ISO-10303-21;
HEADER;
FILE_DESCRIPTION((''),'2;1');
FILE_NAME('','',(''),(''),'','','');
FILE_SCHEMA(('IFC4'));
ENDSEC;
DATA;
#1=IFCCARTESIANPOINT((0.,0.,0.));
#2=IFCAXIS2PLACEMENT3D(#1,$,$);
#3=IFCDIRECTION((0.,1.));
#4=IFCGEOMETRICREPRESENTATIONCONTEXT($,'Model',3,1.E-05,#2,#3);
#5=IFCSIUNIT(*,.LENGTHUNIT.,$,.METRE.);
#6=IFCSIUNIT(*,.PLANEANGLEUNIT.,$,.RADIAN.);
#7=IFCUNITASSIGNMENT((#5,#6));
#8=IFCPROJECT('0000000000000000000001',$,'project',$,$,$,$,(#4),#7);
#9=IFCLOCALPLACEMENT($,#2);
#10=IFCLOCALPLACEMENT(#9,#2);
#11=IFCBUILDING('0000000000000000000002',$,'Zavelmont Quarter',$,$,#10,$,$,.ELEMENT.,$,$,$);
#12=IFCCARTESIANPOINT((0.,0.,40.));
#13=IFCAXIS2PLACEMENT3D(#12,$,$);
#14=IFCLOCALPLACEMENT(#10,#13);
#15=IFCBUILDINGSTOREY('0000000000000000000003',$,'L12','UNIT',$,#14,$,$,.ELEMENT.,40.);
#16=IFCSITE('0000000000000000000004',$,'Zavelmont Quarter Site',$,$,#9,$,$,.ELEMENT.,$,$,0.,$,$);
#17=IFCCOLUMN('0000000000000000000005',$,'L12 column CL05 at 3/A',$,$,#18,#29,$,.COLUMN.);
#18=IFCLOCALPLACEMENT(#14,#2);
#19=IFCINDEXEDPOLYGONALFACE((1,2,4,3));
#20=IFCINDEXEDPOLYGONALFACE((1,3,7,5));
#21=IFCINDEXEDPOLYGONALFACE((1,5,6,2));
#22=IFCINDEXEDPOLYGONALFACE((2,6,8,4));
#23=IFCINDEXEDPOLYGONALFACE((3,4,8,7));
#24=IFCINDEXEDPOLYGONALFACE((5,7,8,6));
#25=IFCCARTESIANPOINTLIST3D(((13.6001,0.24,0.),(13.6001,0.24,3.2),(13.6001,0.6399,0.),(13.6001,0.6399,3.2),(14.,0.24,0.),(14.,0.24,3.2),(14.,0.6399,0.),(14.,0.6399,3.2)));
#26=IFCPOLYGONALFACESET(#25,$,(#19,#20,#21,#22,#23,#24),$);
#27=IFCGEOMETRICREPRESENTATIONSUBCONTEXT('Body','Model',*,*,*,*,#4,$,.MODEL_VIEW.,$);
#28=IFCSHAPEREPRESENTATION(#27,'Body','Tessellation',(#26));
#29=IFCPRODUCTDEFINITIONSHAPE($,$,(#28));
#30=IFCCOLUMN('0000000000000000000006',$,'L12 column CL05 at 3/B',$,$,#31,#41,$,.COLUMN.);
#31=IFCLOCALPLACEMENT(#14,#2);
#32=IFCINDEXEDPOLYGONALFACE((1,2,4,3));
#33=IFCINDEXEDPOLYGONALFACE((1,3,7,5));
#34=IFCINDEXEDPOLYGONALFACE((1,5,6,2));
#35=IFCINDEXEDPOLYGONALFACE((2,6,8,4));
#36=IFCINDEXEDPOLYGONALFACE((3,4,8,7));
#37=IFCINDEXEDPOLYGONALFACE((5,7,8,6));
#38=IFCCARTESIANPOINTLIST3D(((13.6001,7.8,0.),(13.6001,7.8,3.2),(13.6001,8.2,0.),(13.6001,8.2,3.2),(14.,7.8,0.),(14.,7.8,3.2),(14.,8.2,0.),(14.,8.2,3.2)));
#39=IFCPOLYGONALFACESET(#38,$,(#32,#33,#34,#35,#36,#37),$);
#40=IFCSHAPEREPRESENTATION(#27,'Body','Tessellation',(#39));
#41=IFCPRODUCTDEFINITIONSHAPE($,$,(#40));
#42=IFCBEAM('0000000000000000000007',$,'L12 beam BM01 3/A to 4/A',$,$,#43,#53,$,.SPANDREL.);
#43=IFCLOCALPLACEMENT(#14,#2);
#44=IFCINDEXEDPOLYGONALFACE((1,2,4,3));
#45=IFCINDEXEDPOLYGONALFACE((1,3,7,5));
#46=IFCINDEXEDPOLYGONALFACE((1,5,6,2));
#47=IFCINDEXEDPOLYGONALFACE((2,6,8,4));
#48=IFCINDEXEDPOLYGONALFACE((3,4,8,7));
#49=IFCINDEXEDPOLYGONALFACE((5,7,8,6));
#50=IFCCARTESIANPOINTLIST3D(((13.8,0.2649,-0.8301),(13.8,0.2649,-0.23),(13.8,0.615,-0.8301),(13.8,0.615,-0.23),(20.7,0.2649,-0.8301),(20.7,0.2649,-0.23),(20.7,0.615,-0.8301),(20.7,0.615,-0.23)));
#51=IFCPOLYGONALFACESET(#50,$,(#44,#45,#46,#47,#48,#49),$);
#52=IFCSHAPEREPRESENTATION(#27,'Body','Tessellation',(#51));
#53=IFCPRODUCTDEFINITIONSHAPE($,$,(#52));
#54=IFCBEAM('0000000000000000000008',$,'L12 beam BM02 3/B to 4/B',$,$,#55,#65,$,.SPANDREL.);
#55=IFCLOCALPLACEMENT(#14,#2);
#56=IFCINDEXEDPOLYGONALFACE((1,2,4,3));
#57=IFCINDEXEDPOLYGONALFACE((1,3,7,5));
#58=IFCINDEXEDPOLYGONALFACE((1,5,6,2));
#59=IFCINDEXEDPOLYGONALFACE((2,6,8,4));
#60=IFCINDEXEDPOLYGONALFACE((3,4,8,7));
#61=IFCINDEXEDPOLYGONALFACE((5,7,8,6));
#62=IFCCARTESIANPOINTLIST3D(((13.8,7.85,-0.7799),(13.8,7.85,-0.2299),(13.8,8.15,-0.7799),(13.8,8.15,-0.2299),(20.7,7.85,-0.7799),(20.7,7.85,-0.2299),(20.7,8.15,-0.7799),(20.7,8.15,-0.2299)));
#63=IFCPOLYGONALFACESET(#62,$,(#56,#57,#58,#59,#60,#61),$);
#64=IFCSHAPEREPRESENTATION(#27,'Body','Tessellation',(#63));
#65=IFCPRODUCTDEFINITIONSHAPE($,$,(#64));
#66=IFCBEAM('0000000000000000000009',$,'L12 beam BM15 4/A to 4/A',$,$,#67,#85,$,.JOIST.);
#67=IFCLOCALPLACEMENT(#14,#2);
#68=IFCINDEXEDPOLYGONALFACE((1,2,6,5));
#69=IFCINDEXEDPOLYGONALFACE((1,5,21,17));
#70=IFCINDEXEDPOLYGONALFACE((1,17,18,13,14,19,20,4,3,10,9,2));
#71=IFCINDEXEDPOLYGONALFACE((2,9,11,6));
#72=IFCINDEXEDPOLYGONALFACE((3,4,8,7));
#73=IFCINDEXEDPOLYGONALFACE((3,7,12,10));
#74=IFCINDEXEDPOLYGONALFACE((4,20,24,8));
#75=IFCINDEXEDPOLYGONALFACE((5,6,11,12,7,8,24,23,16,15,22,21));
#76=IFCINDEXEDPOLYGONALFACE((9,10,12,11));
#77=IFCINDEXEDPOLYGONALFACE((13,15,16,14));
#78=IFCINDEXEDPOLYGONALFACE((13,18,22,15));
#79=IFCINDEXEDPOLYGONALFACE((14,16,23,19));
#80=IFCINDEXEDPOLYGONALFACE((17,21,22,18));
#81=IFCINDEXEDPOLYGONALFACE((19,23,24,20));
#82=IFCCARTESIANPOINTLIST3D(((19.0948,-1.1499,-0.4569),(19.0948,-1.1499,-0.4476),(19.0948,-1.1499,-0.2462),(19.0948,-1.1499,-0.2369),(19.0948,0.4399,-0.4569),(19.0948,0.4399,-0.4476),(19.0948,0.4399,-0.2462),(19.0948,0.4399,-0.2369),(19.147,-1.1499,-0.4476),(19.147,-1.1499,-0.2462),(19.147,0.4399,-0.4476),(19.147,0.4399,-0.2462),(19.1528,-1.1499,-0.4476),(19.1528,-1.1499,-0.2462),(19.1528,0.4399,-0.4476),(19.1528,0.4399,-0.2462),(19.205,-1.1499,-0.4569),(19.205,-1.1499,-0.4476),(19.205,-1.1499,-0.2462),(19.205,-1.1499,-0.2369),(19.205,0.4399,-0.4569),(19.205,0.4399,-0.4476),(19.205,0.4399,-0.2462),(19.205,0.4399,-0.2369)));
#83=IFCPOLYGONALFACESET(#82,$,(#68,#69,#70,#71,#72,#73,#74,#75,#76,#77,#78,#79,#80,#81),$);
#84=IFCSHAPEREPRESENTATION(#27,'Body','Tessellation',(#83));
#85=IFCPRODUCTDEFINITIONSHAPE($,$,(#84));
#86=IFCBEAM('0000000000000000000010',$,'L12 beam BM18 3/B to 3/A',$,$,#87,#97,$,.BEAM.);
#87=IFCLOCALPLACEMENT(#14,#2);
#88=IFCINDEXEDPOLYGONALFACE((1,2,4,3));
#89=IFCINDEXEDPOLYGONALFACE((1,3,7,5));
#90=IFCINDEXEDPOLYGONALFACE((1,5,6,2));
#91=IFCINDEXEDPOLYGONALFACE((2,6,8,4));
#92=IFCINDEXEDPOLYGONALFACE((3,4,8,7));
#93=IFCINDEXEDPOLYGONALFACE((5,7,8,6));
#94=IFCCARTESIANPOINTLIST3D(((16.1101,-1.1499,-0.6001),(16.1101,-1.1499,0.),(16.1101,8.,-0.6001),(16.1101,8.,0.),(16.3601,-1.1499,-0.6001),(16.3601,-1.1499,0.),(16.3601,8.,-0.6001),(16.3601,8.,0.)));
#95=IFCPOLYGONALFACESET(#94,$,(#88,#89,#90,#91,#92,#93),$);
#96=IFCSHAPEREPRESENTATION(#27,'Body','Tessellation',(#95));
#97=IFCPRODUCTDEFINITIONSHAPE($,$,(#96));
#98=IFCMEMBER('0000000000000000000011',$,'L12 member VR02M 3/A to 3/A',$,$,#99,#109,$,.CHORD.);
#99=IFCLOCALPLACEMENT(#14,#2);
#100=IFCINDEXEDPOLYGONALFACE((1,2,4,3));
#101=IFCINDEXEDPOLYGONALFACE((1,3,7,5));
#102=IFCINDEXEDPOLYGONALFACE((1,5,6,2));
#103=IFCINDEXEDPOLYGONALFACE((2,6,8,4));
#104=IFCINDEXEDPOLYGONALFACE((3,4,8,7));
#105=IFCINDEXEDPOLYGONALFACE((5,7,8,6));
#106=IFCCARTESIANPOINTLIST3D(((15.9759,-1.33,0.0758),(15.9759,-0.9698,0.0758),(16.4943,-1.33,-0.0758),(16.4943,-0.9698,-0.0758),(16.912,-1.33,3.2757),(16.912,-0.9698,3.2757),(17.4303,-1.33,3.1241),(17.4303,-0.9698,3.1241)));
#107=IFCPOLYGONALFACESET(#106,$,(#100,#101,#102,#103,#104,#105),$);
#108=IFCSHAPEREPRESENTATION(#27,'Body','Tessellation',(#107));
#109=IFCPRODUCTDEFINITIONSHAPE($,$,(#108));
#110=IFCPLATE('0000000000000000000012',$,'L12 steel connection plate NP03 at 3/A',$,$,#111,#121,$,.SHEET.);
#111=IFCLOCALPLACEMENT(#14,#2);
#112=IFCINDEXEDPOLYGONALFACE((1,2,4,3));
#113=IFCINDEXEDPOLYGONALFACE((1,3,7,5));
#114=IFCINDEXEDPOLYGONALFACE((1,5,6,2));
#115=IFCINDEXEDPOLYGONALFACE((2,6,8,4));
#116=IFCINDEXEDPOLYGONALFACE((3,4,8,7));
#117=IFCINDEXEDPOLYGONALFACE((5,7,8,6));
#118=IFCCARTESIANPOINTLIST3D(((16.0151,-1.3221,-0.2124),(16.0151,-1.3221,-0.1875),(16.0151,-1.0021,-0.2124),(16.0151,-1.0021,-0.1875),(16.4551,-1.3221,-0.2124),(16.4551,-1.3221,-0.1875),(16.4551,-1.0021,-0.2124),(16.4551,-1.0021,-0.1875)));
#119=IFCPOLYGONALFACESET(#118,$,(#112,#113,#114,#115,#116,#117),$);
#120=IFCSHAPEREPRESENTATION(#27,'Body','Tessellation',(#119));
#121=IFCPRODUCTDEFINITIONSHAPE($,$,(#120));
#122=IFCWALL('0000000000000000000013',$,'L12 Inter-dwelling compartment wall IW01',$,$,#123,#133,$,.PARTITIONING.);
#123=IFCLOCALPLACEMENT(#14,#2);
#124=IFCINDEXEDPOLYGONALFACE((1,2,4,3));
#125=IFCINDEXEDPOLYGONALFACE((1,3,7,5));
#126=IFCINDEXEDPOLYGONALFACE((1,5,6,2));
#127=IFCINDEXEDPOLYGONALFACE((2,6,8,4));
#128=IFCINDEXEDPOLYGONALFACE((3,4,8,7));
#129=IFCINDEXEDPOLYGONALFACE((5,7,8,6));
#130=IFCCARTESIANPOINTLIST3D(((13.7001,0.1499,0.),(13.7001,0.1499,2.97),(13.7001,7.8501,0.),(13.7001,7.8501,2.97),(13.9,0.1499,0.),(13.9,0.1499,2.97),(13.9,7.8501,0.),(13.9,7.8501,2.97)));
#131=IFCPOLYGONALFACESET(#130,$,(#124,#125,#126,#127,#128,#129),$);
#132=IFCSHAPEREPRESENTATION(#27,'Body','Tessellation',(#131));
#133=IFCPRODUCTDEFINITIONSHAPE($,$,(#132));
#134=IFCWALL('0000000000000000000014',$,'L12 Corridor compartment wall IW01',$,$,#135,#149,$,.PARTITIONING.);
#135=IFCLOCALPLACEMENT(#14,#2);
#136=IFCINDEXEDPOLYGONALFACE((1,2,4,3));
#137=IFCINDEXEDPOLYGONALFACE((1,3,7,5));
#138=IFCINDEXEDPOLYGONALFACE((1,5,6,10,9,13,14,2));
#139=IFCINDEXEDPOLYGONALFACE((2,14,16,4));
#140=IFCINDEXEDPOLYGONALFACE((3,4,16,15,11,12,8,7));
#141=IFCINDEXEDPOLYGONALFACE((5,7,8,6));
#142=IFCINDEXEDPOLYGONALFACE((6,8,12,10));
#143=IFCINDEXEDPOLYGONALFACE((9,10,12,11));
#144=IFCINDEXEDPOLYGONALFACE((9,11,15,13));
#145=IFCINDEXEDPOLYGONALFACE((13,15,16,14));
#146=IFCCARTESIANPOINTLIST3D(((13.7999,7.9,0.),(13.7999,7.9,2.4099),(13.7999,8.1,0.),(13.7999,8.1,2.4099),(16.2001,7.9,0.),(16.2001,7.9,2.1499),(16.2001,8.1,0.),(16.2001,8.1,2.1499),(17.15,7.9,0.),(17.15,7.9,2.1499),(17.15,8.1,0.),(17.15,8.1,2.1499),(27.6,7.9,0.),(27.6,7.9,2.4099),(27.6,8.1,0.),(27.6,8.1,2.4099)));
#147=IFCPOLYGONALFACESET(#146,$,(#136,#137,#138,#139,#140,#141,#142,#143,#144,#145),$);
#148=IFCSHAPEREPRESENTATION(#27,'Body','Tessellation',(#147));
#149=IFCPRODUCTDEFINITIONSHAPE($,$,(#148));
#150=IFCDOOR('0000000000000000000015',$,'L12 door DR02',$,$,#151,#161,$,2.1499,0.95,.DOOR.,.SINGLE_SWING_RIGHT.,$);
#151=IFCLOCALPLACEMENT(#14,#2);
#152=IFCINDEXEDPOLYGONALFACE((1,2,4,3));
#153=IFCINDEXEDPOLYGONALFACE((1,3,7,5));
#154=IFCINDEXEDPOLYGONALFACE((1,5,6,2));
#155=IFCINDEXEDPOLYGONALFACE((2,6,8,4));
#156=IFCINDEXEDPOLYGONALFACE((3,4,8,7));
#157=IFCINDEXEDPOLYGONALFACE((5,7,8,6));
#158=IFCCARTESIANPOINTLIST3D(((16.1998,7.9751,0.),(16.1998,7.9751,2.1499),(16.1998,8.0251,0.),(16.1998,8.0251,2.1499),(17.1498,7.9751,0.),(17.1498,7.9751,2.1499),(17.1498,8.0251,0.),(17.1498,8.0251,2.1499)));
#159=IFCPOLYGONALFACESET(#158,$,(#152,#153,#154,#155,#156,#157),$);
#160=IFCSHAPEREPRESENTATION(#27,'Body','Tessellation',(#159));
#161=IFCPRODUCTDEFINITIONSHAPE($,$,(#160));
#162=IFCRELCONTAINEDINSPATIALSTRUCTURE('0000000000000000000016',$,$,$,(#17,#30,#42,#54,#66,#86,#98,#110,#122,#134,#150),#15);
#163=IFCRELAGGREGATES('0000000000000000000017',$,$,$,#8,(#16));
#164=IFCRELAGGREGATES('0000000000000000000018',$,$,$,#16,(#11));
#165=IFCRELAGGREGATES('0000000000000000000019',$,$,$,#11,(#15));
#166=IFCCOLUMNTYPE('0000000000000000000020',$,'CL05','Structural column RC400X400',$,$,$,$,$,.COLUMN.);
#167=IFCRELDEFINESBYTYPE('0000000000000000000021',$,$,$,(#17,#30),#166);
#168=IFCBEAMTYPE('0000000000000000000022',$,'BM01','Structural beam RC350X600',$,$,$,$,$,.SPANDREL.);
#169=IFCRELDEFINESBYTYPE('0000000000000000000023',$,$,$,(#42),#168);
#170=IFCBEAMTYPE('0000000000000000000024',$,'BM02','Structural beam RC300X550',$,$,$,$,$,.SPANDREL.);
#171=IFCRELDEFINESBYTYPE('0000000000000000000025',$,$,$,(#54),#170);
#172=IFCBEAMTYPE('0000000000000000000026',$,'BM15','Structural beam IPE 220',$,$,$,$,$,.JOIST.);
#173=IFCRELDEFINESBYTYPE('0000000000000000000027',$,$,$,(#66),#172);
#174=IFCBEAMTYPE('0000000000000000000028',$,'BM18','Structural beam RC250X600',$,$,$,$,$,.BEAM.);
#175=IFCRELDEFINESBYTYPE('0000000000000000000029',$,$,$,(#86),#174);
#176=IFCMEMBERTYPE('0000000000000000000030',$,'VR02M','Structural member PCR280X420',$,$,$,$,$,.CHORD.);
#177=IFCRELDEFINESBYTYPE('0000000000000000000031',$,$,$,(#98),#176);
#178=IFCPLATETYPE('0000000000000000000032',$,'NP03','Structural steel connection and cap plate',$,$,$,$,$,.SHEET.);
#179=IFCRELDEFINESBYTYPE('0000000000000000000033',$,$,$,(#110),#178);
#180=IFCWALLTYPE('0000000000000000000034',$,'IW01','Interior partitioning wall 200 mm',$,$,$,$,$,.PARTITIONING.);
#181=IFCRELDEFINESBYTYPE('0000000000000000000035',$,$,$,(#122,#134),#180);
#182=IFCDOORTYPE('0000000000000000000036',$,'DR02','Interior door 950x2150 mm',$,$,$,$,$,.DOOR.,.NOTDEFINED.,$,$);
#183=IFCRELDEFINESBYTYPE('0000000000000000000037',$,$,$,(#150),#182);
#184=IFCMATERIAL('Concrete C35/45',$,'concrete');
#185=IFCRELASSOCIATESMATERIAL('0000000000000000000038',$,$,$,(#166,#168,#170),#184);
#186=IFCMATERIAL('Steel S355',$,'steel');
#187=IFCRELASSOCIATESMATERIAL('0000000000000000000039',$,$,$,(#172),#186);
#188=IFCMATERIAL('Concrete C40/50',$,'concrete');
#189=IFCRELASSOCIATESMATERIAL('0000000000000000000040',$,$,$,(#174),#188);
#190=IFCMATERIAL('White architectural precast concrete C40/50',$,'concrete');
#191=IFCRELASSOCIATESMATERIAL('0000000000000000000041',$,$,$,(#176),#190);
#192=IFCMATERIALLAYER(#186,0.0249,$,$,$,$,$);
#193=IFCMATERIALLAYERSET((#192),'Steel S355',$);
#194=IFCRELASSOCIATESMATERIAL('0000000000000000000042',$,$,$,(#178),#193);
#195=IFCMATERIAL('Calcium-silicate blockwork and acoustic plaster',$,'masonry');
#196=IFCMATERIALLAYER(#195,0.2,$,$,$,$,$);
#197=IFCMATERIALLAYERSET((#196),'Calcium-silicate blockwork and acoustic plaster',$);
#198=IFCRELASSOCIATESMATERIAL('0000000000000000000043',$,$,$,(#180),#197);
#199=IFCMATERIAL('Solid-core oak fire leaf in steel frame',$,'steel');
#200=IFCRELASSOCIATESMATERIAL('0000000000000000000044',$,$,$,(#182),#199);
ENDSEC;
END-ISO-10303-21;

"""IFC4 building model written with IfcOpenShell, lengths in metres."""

from ifc_helpers import new_model, si_unit, direction, frame, frame_2d, origin, origin_2d, place, context, subcontext, project, spatial, rectangle, i_section, extrude, material, layer, layer_set, material_profile, profile_set, type_object, element, fill, save


model = new_model("IFC4")

# Units and contexts
model_context = context("Model", 3, precision=1e-05, world=origin(), true_north=direction((0.0, 1.0)))
body_context = subcontext(model_context, "Body", "Model", "MODEL_VIEW")
ifc_project = project(units=[si_unit("LENGTHUNIT", "METRE"), si_unit("PLANEANGLEUNIT", "RADIAN")], contexts=[model_context])

# Site, building, storey
site_placement = place(None, origin())
site = spatial("IfcSite", under=ifc_project, at=site_placement, Name="Zavelmont Quarter Site", CompositionType="ELEMENT", RefElevation=0.0)
building_placement = place(site_placement, origin())
building = spatial("IfcBuilding", under=site, at=building_placement, Name="Zavelmont Quarter", CompositionType="ELEMENT")
storey_placement = place(building_placement, frame((0.0, 0.0, 40.0)))
storey = spatial("IfcBuildingStorey", under=building, at=storey_placement, Name="L12", Description="UNIT", CompositionType="ELEMENT", Elevation=40.0)

# Columns
ifc_material_1 = material(Name="Concrete C35/45", Category="concrete")
ifc_material_profile_1 = material_profile(ifc_material_1, rectangle(XDim=0.3999, YDim=0.3999, at=origin_2d()), Name="RC400X400")
ifc_profile_set_1 = profile_set([ifc_material_profile_1], Name="Concrete C35/45")
column_type = type_object("IfcColumnType", Name="CL05", Description="Structural column RC400X400", PredefinedType="COLUMN", material=ifc_profile_set_1)
for number, where, z_axis, x_axis, name in (
    (1, (13.8, 0.4399, 0.0), (0.0, 0.0, 1.0), (1.0, 0.0, 0.0), "L12 column CL05 at 3/A"),
    (2, (13.8, 8.0, 0.0), (0.0, 0.0, 1.0), (1.0, 0.0, 0.0), "L12 column CL05 at 3/B"),
):
    element("IfcColumn", number, at=place(storey_placement, frame(where, z_axis=z_axis, x_axis=x_axis)), inside=storey, type_object=column_type, Name=name, PredefinedType="COLUMN", context=body_context, shape_type="SweptSolid", body=[
        extrude(rectangle(XDim=0.3999, YDim=0.3999, at=origin_2d()), origin(), (0.0, 0.0, 1.0), 3.2),
    ])

# Beams
ifc_material_profile_2 = material_profile(ifc_material_1, rectangle(XDim=0.3501, YDim=0.6001, at=origin_2d()), Name="RC350X600")
ifc_profile_set_2 = profile_set([ifc_material_profile_2], Name="Concrete C35/45")
beam_type_1 = type_object("IfcBeamType", Name="BM01", Description="Structural beam RC350X600", PredefinedType="SPANDREL", material=ifc_profile_set_2)
beam_1_placement = place(storey_placement, frame((13.8, 0.4399, -0.53), z_axis=(1.0, 0.0, 0.0), x_axis=(0.0, 1.0, 0.0)))
element("IfcBeam", 3, at=beam_1_placement, inside=storey, type_object=beam_type_1, Name="L12 beam BM01 3/A to 4/A", PredefinedType="SPANDREL", context=body_context, shape_type="SweptSolid", body=[
    extrude(rectangle(XDim=0.3501, YDim=0.6001, at=origin_2d()), origin(), (0.0, 0.0, 1.0), 6.8999),
])
ifc_material_profile_3 = material_profile(ifc_material_1, rectangle(XDim=0.3, YDim=0.55, at=origin_2d()), Name="RC300X550")
ifc_profile_set_3 = profile_set([ifc_material_profile_3], Name="Concrete C35/45")
beam_type_2 = type_object("IfcBeamType", Name="BM02", Description="Structural beam RC300X550", PredefinedType="SPANDREL", material=ifc_profile_set_3)
beam_2_placement = place(storey_placement, frame((13.8, 8.0, -0.5049), z_axis=(1.0, 0.0, 0.0), x_axis=(0.0, 1.0, 0.0)))
element("IfcBeam", 4, at=beam_2_placement, inside=storey, type_object=beam_type_2, Name="L12 beam BM02 3/B to 4/B", PredefinedType="SPANDREL", context=body_context, shape_type="SweptSolid", body=[
    extrude(rectangle(XDim=0.3, YDim=0.55, at=origin_2d()), origin(), (0.0, 0.0, 1.0), 6.8999),
])
ifc_material_2 = material(Name="Steel S355", Category="steel")
ifc_material_profile_4 = material_profile(ifc_material_2, i_section(OverallWidth=0.1101, OverallDepth=0.22, WebThickness=0.0059, FlangeThickness=0.0093, at=origin_2d()), Name="IPE 220")
ifc_profile_set_4 = profile_set([ifc_material_profile_4], Name="Steel S355")
beam_type_3 = type_object("IfcBeamType", Name="BM15", Description="Structural beam IPE 220", PredefinedType="JOIST", material=ifc_profile_set_4)
beam_3_placement = place(storey_placement, frame((19.1499, 0.4399, -0.3469), z_axis=(0.0, -1.0, 0.0), x_axis=(1.0, 0.0, 0.0)))
element("IfcBeam", 5, at=beam_3_placement, inside=storey, type_object=beam_type_3, Name="L12 beam BM15 4/A to 4/A", PredefinedType="JOIST", context=body_context, shape_type="SweptSolid", body=[
    extrude(i_section(OverallWidth=0.1101, OverallDepth=0.22, WebThickness=0.0059, FlangeThickness=0.0093, at=origin_2d()), origin(), (0.0, 0.0, 1.0), 1.5898),
])
ifc_material_3 = material(Name="Concrete C40/50", Category="concrete")
ifc_material_profile_5 = material_profile(ifc_material_3, rectangle(XDim=0.25, YDim=0.6001, at=origin_2d()), Name="RC250X600")
ifc_profile_set_5 = profile_set([ifc_material_profile_5], Name="Concrete C40/50")
beam_type_4 = type_object("IfcBeamType", Name="BM18", Description="Structural beam RC250X600", PredefinedType="BEAM", material=ifc_profile_set_5)
beam_4_placement = place(storey_placement, frame((16.2351, 8.0, -0.3), z_axis=(0.0, -1.0, 0.0), x_axis=(1.0, 0.0, 0.0)))
element("IfcBeam", 6, at=beam_4_placement, inside=storey, type_object=beam_type_4, Name="L12 beam BM18 3/B to 3/A", PredefinedType="BEAM", context=body_context, shape_type="SweptSolid", body=[
    extrude(rectangle(XDim=0.25, YDim=0.6001, at=origin_2d()), origin(), (0.0, 0.0, 1.0), 9.1499),
])

# Member
ifc_material_4 = material(Name="White architectural precast concrete C40/50", Category="concrete")
ifc_material_profile_6 = material_profile(ifc_material_4, rectangle(XDim=0.3601, YDim=0.54, at=origin_2d()), Name="PCR280X420")
ifc_profile_set_6 = profile_set([ifc_material_profile_6], Name="White architectural precast concrete C40/50")
member_type = type_object("IfcMemberType", Name="VR02M", Description="Structural member PCR280X420", PredefinedType="CHORD", material=ifc_profile_set_6)
member_placement = place(storey_placement, frame((16.2351, -1.1499, 0.0), z_axis=(0.280751, 0.0, 0.959781), x_axis=(0.0, 1.0, 0.0)))
element("IfcMember", 7, at=member_placement, inside=storey, type_object=member_type, Name="L12 member VR02M 3/A to 3/A", PredefinedType="CHORD", context=body_context, shape_type="SweptSolid", body=[
    extrude(rectangle(XDim=0.3601, YDim=0.54, at=origin_2d()), origin(), (0.0, 0.0, 1.0), 3.334),
])

# Plate
ifc_layer_1 = layer(ifc_material_2, 0.0249)
ifc_layer_set_1 = layer_set([ifc_layer_1], Name="Steel S355")
plate_type = type_object("IfcPlateType", Name="NP03", Description="Structural steel connection and cap plate", PredefinedType="SHEET", material=ifc_layer_set_1)
plate_placement = place(storey_placement, frame((16.2351, -1.1621, -0.2124), z_axis=(0.0, 0.0, 1.0), x_axis=(1.0, 0.0, 0.0)))
element("IfcPlate", 8, at=plate_placement, inside=storey, type_object=plate_type, Name="L12 steel connection plate NP03 at 3/A", PredefinedType="SHEET", context=body_context, shape_type="SweptSolid", body=[
    extrude(rectangle(XDim=0.4399, YDim=0.3201, at=origin_2d()), origin(), (0.0, 0.0, 1.0), 0.0249),
])

# Wall
ifc_material_5 = material(Name="Calcium-silicate blockwork and acoustic plaster", Category="masonry")
ifc_layer_2 = layer(ifc_material_5, 0.2)
ifc_layer_set_2 = layer_set([ifc_layer_2], Name="Calcium-silicate blockwork and acoustic plaster")
wall_type_1 = type_object("IfcWallType", Name="IW01", Description="Interior partitioning wall 200 mm", PredefinedType="PARTITIONING", material=ifc_layer_set_2)
wall_1_placement = place(storey_placement, frame((13.8, 7.8501, 0.0), z_axis=(0.0, 0.0, 1.0), x_axis=(0.0, -1.0, 0.0)))
element("IfcWall", 9, at=wall_1_placement, inside=storey, type_object=wall_type_1, Name="L12 Inter-dwelling compartment wall IW01", PredefinedType="PARTITIONING", context=body_context, shape_type="SweptSolid", body=[
    extrude(rectangle(XDim=7.7002, YDim=0.2, at=frame_2d((3.8501, 0.0))), origin(), (0.0, 0.0, 1.0), 2.97),
])

# Wall, opening, door
wall_2_placement = place(storey_placement, frame((13.8, 8.0, 0.0), z_axis=(0.0, 0.0, 1.0), x_axis=(1.0, 0.0, 0.0)))
wall_2 = element("IfcWall", 10, at=wall_2_placement, inside=storey, type_object=wall_type_1, Name="L12 Corridor compartment wall IW01", PredefinedType="PARTITIONING", context=body_context, shape_type="SweptSolid", body=[
    extrude(rectangle(XDim=13.8, YDim=0.2, at=frame_2d((6.8999, 0.0))), origin(), (0.0, 0.0, 1.0), 2.4099),
])
opening_1_placement = place(wall_2_placement, frame((2.3999, 0.0, 0.0)))
opening_1 = element("IfcOpeningElement", 11, at=opening_1_placement, cuts=wall_2, PredefinedType="OPENING", context=body_context, shape_type="SweptSolid", body=[
    extrude(rectangle(XDim=0.95, YDim=2.1499, at=frame_2d((0.4751, 1.075))), frame((0.0, 0.1118, 0.0), z_axis=(0.0, -1.0, 0.0), x_axis=(1.0, 0.0, 0.0)), (0.0, 0.0, 1.0), 0.2239),
])
ifc_material_6 = material(Name="Solid-core oak fire leaf in steel frame", Category="steel")
door_type_1 = type_object("IfcDoorType", Name="DR02", Description="Interior door 950x2150 mm", OperationType="NOTDEFINED", PredefinedType="DOOR", material=ifc_material_6)
door_1_placement = place(opening_1_placement, frame((0.95, 0.0, 0.0), z_axis=(0.0, 0.0, 1.0), x_axis=(-1.0, 0.0, 0.0)))
door_1 = element("IfcDoor", 12, at=door_1_placement, inside=storey, type_object=door_type_1, Name="L12 door DR02", OperationType="SINGLE_SWING_RIGHT", OverallHeight=2.1499, OverallWidth=0.95, PredefinedType="DOOR", context=body_context, shape_type="SweptSolid", body=[
    extrude(rectangle(XDim=0.95, YDim=2.1499, at=frame_2d((0.4751, 1.075))), frame((0.0, 0.0249, 0.0), z_axis=(0.0, -1.0, 0.0), x_axis=(1.0, 0.0, 0.0)), (0.0, 0.0, 1.0), 0.05),
])
fill(opening_1, door_1)

save(model, "model.ifc")
